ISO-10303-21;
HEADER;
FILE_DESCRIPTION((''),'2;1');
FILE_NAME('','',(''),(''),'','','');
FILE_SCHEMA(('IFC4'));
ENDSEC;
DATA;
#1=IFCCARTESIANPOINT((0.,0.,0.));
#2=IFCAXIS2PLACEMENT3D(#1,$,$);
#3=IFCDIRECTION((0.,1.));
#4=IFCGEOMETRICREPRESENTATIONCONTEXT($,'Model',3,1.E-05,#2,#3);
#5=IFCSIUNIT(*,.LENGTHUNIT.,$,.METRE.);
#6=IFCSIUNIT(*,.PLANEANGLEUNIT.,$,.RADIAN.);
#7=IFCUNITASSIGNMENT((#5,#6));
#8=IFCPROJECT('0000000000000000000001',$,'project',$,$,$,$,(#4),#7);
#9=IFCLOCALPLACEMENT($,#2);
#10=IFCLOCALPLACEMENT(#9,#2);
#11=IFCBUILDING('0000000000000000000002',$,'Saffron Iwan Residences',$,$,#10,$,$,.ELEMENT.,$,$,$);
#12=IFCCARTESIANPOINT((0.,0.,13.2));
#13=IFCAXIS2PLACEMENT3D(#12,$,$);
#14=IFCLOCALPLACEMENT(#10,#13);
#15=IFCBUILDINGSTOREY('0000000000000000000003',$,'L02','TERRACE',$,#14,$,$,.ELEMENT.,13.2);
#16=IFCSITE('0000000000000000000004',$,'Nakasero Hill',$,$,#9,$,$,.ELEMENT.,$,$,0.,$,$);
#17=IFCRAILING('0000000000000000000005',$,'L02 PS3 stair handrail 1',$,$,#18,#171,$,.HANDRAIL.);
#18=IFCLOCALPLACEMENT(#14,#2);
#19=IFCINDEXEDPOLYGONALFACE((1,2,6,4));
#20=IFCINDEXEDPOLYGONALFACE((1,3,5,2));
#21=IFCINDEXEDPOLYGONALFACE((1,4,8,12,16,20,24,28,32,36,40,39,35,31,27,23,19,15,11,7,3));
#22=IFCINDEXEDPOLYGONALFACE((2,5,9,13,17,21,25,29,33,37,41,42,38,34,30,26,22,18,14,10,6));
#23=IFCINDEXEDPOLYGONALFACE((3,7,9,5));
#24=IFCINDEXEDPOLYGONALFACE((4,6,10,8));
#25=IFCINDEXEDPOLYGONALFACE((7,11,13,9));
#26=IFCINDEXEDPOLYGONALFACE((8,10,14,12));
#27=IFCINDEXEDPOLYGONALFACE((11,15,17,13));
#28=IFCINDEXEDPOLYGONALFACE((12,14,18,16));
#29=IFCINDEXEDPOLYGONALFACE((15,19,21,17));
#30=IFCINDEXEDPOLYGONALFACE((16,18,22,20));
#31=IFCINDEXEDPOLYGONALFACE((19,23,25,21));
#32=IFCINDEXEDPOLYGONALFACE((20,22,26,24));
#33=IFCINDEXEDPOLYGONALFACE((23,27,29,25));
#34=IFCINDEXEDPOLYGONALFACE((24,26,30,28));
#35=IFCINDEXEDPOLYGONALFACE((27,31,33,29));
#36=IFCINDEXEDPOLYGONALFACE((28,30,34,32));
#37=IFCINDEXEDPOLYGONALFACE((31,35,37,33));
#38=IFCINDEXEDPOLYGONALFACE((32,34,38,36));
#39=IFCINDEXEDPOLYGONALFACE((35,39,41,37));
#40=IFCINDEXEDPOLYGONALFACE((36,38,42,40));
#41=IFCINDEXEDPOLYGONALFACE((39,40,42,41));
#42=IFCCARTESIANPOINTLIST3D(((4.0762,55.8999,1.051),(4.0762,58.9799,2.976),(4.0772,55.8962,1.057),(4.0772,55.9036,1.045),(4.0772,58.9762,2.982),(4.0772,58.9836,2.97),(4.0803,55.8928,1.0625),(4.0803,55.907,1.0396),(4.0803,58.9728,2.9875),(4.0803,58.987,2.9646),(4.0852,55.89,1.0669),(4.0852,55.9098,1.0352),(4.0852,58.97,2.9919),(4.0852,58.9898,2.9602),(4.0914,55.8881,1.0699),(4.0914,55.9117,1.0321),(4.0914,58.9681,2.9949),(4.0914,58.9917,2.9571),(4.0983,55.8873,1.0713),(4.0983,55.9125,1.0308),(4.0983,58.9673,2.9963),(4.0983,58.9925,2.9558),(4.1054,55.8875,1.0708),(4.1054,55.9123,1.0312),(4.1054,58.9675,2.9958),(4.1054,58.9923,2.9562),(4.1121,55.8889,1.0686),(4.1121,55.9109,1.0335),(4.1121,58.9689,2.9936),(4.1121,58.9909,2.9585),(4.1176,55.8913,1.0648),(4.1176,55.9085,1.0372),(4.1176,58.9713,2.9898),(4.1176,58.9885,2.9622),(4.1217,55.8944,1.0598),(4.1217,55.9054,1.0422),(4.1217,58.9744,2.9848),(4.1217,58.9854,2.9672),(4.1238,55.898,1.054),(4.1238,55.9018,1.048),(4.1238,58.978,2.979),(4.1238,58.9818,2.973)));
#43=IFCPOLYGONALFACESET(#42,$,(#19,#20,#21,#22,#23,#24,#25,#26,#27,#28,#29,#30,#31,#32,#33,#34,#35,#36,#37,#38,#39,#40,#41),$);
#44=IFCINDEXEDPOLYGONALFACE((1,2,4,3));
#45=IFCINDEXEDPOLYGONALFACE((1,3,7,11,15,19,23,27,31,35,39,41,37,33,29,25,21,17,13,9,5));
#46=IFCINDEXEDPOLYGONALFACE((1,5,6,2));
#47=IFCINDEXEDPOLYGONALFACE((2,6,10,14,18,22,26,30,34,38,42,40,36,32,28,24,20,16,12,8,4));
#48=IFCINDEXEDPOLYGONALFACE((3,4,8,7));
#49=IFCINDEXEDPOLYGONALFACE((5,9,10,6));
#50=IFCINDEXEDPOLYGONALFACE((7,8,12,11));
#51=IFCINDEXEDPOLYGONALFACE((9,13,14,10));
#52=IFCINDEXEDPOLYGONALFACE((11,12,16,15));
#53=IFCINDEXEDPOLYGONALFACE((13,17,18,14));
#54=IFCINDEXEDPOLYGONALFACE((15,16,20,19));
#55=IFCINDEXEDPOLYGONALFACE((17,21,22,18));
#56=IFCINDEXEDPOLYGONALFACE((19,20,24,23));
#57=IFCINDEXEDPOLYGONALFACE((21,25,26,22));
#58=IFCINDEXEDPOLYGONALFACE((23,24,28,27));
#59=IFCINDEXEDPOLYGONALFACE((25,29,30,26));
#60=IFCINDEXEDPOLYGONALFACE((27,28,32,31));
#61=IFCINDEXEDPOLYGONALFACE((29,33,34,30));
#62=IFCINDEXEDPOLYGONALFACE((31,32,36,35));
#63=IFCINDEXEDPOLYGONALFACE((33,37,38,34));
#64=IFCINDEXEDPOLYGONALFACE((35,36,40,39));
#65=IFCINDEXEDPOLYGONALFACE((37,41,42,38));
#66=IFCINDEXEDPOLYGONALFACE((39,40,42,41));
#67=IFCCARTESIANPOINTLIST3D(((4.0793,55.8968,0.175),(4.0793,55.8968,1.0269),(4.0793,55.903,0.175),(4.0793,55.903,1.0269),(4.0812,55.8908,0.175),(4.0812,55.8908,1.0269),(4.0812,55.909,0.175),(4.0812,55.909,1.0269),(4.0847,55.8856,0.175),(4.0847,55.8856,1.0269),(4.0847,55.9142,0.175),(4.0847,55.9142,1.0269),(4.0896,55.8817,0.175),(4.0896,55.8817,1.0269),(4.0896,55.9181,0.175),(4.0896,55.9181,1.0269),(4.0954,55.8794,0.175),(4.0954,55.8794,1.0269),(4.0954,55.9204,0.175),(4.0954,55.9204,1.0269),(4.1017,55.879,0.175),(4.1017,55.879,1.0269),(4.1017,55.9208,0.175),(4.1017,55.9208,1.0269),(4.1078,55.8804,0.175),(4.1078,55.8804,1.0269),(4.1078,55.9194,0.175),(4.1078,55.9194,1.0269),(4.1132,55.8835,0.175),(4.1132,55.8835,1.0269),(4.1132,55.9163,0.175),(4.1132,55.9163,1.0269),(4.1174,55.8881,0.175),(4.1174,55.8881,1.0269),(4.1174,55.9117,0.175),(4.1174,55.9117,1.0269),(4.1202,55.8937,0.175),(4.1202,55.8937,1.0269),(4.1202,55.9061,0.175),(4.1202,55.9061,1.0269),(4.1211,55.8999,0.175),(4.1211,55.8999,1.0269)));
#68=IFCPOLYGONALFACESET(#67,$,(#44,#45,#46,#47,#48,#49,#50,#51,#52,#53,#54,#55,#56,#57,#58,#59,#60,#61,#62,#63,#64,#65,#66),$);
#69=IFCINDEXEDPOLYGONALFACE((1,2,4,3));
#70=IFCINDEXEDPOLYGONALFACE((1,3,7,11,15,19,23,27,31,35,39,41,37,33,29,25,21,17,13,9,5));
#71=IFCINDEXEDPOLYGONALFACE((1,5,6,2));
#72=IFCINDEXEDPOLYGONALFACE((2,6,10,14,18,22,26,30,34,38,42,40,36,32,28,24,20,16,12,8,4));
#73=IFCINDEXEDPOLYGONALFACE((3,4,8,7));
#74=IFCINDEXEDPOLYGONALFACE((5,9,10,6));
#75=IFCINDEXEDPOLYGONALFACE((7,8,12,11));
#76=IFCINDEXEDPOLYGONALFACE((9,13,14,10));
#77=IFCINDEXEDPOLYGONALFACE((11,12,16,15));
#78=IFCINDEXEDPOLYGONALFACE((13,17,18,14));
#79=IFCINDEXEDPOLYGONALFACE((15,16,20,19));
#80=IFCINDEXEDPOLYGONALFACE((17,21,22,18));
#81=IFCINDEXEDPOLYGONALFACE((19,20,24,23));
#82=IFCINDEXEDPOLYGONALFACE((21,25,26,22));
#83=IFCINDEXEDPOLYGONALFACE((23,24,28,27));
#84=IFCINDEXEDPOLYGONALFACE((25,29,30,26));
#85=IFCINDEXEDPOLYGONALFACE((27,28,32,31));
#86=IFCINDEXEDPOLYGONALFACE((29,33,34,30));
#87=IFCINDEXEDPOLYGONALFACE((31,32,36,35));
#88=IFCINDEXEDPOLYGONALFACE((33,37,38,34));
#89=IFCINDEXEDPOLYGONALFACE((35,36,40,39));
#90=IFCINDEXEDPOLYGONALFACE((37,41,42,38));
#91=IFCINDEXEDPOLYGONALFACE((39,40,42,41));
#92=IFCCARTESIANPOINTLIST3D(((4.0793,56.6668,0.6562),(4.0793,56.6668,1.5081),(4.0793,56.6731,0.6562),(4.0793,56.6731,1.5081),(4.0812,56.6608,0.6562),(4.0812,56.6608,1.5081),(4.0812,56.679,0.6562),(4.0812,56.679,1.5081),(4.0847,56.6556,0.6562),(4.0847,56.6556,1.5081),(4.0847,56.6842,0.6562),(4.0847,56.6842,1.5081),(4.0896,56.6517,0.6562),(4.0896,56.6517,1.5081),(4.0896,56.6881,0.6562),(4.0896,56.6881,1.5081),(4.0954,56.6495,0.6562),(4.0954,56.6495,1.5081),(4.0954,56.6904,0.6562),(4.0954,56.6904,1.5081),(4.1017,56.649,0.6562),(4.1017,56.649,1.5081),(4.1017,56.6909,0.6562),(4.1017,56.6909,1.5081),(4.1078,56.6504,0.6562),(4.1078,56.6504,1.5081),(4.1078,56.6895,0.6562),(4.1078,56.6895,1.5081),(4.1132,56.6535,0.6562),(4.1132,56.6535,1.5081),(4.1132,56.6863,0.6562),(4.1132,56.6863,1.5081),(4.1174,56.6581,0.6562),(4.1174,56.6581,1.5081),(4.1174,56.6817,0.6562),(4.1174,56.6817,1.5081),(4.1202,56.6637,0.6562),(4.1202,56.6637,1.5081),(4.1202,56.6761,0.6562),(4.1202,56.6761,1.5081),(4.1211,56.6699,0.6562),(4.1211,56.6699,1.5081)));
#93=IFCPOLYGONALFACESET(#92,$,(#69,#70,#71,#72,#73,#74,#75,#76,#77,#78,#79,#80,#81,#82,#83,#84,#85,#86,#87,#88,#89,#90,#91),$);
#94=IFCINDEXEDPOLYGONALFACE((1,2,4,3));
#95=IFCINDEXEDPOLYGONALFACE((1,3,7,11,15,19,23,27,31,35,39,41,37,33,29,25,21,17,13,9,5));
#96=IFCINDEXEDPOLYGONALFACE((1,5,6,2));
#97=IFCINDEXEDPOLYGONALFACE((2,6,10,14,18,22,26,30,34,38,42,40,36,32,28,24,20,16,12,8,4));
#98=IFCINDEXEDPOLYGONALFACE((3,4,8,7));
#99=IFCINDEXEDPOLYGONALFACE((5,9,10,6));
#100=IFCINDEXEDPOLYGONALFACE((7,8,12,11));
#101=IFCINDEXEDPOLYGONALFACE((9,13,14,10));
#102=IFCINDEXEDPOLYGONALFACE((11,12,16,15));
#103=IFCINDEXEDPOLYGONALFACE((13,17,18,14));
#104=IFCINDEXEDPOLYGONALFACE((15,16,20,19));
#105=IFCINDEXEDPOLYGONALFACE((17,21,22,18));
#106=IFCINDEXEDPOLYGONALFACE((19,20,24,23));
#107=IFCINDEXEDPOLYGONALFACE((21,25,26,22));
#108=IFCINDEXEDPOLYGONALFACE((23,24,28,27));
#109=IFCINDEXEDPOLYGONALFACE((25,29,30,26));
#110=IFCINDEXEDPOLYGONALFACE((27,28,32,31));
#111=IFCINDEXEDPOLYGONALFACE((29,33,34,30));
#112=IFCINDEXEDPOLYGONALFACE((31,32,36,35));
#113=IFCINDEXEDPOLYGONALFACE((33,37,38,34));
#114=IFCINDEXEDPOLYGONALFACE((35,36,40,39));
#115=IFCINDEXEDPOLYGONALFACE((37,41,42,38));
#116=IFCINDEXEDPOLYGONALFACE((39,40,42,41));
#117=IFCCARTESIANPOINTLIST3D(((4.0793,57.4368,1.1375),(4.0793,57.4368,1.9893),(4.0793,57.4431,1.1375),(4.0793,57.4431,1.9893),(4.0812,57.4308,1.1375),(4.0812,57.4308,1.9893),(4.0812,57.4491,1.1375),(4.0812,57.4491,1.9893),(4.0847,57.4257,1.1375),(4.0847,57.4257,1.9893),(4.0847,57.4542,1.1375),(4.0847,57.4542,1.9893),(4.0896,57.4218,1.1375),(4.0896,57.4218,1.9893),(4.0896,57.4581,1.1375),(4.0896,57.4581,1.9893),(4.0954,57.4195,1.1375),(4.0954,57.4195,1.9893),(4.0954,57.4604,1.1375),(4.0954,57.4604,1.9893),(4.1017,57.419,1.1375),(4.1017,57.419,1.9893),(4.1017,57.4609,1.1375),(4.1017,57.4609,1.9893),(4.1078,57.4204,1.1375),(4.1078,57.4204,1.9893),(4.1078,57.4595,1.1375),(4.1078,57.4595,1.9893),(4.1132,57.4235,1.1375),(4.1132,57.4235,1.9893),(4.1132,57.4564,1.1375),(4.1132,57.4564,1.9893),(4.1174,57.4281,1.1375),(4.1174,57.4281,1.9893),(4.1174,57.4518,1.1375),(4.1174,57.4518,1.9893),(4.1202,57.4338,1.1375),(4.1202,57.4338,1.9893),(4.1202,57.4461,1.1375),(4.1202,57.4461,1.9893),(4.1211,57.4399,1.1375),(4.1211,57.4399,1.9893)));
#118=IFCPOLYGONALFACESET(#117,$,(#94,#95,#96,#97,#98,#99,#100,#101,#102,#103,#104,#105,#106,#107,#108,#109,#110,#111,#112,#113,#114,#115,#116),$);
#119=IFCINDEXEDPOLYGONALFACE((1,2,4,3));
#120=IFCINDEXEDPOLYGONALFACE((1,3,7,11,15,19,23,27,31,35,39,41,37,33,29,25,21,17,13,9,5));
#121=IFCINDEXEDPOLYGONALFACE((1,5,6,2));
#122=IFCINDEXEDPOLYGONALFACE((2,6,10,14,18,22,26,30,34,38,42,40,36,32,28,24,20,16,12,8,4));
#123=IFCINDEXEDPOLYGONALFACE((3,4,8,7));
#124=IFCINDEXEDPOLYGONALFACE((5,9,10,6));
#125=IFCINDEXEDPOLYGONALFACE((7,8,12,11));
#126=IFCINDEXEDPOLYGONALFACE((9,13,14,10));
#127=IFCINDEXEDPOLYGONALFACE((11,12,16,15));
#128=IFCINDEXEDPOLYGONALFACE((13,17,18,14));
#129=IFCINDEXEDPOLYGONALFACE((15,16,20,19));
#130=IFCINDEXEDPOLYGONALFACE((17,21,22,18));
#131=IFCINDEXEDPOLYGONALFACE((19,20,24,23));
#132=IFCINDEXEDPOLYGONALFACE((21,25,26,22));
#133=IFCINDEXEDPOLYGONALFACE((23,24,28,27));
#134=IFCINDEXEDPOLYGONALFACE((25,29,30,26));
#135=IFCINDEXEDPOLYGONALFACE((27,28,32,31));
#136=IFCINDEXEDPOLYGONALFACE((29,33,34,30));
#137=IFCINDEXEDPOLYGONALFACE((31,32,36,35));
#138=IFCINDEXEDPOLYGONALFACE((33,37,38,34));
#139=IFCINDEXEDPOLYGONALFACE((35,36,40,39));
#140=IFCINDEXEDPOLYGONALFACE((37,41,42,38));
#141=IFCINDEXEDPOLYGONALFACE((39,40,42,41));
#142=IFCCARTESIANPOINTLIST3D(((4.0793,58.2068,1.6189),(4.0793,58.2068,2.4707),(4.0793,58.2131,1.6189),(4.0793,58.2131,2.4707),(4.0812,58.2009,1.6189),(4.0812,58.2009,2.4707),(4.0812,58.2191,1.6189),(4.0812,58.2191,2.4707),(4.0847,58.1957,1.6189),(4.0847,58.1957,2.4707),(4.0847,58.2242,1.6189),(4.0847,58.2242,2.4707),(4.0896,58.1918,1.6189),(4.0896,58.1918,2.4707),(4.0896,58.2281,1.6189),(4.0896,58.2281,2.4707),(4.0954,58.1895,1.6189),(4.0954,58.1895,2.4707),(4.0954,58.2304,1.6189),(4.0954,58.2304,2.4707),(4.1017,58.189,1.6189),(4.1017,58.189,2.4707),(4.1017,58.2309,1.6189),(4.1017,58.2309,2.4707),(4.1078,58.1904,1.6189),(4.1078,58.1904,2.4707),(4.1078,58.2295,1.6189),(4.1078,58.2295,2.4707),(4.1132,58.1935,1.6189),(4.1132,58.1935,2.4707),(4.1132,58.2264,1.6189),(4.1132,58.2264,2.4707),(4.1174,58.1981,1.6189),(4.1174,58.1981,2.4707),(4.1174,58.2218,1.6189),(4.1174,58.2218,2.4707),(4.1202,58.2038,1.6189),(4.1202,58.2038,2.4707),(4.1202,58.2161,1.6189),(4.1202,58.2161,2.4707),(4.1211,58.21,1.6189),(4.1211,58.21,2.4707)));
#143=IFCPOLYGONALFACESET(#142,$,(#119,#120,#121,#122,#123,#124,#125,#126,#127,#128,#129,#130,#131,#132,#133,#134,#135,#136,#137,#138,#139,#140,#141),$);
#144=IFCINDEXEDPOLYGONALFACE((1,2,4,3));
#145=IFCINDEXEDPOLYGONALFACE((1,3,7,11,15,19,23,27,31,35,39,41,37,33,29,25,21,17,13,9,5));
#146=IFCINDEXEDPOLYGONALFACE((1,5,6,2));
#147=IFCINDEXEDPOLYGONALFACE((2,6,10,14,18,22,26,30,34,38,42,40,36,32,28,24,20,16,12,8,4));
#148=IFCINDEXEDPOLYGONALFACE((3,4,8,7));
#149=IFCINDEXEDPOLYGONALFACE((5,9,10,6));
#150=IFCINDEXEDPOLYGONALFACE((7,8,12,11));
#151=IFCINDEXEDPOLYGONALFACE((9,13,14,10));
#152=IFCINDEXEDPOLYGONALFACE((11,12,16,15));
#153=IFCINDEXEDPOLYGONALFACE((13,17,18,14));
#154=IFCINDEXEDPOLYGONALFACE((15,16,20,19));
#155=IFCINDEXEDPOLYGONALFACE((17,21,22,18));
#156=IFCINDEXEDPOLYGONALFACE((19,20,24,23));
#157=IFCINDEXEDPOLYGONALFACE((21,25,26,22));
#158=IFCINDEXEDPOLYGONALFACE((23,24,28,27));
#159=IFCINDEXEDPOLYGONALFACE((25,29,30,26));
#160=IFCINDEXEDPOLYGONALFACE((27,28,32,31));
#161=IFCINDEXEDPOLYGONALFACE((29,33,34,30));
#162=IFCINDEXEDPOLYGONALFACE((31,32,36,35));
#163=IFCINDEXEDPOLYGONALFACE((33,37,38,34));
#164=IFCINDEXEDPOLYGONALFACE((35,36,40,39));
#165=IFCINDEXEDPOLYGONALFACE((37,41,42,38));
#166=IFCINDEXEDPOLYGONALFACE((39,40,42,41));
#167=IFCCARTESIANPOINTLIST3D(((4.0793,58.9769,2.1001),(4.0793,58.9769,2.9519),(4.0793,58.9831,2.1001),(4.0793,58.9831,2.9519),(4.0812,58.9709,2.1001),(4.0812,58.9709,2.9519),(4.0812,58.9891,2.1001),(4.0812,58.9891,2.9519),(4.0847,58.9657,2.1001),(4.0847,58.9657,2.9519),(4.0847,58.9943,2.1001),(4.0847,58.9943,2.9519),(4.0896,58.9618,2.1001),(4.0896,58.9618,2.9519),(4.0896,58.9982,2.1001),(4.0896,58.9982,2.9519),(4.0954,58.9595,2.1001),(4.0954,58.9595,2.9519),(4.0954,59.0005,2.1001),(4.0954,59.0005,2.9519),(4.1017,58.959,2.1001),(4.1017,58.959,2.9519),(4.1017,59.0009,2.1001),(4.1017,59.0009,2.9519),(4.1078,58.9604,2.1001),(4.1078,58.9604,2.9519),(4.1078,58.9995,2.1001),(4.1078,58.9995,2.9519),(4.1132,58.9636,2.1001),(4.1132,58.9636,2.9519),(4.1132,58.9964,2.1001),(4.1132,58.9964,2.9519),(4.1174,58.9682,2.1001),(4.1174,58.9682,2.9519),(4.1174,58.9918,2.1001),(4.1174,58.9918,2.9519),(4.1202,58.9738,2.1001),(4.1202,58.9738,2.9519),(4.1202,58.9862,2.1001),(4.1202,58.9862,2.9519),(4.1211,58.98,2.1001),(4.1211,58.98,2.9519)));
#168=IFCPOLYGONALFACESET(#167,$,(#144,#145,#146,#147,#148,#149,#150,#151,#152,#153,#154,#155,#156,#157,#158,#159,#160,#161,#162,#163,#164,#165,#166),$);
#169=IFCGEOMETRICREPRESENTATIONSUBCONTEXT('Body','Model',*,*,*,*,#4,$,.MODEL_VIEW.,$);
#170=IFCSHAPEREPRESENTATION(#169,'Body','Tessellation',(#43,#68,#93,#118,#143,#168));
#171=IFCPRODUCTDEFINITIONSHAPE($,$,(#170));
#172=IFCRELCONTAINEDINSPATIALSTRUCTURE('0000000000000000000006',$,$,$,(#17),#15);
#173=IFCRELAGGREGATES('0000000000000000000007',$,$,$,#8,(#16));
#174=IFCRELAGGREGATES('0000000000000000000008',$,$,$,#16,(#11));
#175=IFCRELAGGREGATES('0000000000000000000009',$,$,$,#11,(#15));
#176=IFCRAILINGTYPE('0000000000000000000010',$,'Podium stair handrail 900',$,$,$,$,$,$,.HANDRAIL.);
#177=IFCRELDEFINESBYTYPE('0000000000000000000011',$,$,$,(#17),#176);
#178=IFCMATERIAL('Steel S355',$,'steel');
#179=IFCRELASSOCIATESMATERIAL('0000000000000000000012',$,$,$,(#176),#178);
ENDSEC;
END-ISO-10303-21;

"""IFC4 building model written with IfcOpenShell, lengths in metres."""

from ifc_helpers import new_model, si_unit, direction, frame, origin, origin_2d, place, context, subcontext, project, spatial, circle, extrude, material, type_object, element, save


model = new_model("IFC4")

# Units and contexts
model_context = context("Model", 3, precision=1e-05, world=origin(), true_north=direction((0.0, 1.0)))
body_context = subcontext(model_context, "Body", "Model", "MODEL_VIEW")
ifc_project = project(units=[si_unit("LENGTHUNIT", "METRE"), si_unit("PLANEANGLEUNIT", "RADIAN")], contexts=[model_context])

# Site, building, storey
site_placement = place(None, origin())
site = spatial("IfcSite", under=ifc_project, at=site_placement, Name="Nakasero Hill", CompositionType="ELEMENT", RefElevation=0.0)
building_placement = place(site_placement, origin())
building = spatial("IfcBuilding", under=site, at=building_placement, Name="Saffron Iwan Residences", CompositionType="ELEMENT")
storey_placement = place(building_placement, frame((0.0, 0.0, 13.2)))
storey = spatial("IfcBuildingStorey", under=building, at=storey_placement, Name="L02", Description="TERRACE", CompositionType="ELEMENT", Elevation=13.2)

# Railing
ifc_material_1 = material(Name="Steel S355", Category="steel")
railing_type_1 = type_object("IfcRailingType", Name="Podium stair handrail 900", PredefinedType="HANDRAIL", material=ifc_material_1)
railing_1_placement = place(storey_placement, frame((4.1001, 55.8999, 0.175)))
element("IfcRailing", 1, at=railing_1_placement, inside=storey, type_object=railing_type_1, Name="L02 PS3 stair handrail 1", PredefinedType="HANDRAIL", context=body_context, shape_type="SweptSolid", body=[
    extrude(circle(Radius=0.0239, at=origin_2d()), frame((0.0, 0.0, 0.876), z_axis=(0.0, 0.847998, 0.529999), x_axis=(-1.0, 0.0, 0.0)), (0.0, 0.0, 1.0), 3.6321),
    extrude(circle(Radius=0.021, at=origin_2d()), origin(), (0.0, 0.0, 1.0), 0.8518),
    extrude(circle(Radius=0.021, at=origin_2d()), frame((0.0, 0.77, 0.4812)), (0.0, 0.0, 1.0), 0.8518),
    extrude(circle(Radius=0.021, at=origin_2d()), frame((0.0, 1.54, 0.9624)), (0.0, 0.0, 1.0), 0.8518),
    extrude(circle(Radius=0.021, at=origin_2d()), frame((0.0, 2.3101, 1.4438)), (0.0, 0.0, 1.0), 0.8518),
    extrude(circle(Radius=0.021, at=origin_2d()), frame((0.0, 3.0801, 1.925)), (0.0, 0.0, 1.0), 0.8518),
])

save(model, "model.ifc")
